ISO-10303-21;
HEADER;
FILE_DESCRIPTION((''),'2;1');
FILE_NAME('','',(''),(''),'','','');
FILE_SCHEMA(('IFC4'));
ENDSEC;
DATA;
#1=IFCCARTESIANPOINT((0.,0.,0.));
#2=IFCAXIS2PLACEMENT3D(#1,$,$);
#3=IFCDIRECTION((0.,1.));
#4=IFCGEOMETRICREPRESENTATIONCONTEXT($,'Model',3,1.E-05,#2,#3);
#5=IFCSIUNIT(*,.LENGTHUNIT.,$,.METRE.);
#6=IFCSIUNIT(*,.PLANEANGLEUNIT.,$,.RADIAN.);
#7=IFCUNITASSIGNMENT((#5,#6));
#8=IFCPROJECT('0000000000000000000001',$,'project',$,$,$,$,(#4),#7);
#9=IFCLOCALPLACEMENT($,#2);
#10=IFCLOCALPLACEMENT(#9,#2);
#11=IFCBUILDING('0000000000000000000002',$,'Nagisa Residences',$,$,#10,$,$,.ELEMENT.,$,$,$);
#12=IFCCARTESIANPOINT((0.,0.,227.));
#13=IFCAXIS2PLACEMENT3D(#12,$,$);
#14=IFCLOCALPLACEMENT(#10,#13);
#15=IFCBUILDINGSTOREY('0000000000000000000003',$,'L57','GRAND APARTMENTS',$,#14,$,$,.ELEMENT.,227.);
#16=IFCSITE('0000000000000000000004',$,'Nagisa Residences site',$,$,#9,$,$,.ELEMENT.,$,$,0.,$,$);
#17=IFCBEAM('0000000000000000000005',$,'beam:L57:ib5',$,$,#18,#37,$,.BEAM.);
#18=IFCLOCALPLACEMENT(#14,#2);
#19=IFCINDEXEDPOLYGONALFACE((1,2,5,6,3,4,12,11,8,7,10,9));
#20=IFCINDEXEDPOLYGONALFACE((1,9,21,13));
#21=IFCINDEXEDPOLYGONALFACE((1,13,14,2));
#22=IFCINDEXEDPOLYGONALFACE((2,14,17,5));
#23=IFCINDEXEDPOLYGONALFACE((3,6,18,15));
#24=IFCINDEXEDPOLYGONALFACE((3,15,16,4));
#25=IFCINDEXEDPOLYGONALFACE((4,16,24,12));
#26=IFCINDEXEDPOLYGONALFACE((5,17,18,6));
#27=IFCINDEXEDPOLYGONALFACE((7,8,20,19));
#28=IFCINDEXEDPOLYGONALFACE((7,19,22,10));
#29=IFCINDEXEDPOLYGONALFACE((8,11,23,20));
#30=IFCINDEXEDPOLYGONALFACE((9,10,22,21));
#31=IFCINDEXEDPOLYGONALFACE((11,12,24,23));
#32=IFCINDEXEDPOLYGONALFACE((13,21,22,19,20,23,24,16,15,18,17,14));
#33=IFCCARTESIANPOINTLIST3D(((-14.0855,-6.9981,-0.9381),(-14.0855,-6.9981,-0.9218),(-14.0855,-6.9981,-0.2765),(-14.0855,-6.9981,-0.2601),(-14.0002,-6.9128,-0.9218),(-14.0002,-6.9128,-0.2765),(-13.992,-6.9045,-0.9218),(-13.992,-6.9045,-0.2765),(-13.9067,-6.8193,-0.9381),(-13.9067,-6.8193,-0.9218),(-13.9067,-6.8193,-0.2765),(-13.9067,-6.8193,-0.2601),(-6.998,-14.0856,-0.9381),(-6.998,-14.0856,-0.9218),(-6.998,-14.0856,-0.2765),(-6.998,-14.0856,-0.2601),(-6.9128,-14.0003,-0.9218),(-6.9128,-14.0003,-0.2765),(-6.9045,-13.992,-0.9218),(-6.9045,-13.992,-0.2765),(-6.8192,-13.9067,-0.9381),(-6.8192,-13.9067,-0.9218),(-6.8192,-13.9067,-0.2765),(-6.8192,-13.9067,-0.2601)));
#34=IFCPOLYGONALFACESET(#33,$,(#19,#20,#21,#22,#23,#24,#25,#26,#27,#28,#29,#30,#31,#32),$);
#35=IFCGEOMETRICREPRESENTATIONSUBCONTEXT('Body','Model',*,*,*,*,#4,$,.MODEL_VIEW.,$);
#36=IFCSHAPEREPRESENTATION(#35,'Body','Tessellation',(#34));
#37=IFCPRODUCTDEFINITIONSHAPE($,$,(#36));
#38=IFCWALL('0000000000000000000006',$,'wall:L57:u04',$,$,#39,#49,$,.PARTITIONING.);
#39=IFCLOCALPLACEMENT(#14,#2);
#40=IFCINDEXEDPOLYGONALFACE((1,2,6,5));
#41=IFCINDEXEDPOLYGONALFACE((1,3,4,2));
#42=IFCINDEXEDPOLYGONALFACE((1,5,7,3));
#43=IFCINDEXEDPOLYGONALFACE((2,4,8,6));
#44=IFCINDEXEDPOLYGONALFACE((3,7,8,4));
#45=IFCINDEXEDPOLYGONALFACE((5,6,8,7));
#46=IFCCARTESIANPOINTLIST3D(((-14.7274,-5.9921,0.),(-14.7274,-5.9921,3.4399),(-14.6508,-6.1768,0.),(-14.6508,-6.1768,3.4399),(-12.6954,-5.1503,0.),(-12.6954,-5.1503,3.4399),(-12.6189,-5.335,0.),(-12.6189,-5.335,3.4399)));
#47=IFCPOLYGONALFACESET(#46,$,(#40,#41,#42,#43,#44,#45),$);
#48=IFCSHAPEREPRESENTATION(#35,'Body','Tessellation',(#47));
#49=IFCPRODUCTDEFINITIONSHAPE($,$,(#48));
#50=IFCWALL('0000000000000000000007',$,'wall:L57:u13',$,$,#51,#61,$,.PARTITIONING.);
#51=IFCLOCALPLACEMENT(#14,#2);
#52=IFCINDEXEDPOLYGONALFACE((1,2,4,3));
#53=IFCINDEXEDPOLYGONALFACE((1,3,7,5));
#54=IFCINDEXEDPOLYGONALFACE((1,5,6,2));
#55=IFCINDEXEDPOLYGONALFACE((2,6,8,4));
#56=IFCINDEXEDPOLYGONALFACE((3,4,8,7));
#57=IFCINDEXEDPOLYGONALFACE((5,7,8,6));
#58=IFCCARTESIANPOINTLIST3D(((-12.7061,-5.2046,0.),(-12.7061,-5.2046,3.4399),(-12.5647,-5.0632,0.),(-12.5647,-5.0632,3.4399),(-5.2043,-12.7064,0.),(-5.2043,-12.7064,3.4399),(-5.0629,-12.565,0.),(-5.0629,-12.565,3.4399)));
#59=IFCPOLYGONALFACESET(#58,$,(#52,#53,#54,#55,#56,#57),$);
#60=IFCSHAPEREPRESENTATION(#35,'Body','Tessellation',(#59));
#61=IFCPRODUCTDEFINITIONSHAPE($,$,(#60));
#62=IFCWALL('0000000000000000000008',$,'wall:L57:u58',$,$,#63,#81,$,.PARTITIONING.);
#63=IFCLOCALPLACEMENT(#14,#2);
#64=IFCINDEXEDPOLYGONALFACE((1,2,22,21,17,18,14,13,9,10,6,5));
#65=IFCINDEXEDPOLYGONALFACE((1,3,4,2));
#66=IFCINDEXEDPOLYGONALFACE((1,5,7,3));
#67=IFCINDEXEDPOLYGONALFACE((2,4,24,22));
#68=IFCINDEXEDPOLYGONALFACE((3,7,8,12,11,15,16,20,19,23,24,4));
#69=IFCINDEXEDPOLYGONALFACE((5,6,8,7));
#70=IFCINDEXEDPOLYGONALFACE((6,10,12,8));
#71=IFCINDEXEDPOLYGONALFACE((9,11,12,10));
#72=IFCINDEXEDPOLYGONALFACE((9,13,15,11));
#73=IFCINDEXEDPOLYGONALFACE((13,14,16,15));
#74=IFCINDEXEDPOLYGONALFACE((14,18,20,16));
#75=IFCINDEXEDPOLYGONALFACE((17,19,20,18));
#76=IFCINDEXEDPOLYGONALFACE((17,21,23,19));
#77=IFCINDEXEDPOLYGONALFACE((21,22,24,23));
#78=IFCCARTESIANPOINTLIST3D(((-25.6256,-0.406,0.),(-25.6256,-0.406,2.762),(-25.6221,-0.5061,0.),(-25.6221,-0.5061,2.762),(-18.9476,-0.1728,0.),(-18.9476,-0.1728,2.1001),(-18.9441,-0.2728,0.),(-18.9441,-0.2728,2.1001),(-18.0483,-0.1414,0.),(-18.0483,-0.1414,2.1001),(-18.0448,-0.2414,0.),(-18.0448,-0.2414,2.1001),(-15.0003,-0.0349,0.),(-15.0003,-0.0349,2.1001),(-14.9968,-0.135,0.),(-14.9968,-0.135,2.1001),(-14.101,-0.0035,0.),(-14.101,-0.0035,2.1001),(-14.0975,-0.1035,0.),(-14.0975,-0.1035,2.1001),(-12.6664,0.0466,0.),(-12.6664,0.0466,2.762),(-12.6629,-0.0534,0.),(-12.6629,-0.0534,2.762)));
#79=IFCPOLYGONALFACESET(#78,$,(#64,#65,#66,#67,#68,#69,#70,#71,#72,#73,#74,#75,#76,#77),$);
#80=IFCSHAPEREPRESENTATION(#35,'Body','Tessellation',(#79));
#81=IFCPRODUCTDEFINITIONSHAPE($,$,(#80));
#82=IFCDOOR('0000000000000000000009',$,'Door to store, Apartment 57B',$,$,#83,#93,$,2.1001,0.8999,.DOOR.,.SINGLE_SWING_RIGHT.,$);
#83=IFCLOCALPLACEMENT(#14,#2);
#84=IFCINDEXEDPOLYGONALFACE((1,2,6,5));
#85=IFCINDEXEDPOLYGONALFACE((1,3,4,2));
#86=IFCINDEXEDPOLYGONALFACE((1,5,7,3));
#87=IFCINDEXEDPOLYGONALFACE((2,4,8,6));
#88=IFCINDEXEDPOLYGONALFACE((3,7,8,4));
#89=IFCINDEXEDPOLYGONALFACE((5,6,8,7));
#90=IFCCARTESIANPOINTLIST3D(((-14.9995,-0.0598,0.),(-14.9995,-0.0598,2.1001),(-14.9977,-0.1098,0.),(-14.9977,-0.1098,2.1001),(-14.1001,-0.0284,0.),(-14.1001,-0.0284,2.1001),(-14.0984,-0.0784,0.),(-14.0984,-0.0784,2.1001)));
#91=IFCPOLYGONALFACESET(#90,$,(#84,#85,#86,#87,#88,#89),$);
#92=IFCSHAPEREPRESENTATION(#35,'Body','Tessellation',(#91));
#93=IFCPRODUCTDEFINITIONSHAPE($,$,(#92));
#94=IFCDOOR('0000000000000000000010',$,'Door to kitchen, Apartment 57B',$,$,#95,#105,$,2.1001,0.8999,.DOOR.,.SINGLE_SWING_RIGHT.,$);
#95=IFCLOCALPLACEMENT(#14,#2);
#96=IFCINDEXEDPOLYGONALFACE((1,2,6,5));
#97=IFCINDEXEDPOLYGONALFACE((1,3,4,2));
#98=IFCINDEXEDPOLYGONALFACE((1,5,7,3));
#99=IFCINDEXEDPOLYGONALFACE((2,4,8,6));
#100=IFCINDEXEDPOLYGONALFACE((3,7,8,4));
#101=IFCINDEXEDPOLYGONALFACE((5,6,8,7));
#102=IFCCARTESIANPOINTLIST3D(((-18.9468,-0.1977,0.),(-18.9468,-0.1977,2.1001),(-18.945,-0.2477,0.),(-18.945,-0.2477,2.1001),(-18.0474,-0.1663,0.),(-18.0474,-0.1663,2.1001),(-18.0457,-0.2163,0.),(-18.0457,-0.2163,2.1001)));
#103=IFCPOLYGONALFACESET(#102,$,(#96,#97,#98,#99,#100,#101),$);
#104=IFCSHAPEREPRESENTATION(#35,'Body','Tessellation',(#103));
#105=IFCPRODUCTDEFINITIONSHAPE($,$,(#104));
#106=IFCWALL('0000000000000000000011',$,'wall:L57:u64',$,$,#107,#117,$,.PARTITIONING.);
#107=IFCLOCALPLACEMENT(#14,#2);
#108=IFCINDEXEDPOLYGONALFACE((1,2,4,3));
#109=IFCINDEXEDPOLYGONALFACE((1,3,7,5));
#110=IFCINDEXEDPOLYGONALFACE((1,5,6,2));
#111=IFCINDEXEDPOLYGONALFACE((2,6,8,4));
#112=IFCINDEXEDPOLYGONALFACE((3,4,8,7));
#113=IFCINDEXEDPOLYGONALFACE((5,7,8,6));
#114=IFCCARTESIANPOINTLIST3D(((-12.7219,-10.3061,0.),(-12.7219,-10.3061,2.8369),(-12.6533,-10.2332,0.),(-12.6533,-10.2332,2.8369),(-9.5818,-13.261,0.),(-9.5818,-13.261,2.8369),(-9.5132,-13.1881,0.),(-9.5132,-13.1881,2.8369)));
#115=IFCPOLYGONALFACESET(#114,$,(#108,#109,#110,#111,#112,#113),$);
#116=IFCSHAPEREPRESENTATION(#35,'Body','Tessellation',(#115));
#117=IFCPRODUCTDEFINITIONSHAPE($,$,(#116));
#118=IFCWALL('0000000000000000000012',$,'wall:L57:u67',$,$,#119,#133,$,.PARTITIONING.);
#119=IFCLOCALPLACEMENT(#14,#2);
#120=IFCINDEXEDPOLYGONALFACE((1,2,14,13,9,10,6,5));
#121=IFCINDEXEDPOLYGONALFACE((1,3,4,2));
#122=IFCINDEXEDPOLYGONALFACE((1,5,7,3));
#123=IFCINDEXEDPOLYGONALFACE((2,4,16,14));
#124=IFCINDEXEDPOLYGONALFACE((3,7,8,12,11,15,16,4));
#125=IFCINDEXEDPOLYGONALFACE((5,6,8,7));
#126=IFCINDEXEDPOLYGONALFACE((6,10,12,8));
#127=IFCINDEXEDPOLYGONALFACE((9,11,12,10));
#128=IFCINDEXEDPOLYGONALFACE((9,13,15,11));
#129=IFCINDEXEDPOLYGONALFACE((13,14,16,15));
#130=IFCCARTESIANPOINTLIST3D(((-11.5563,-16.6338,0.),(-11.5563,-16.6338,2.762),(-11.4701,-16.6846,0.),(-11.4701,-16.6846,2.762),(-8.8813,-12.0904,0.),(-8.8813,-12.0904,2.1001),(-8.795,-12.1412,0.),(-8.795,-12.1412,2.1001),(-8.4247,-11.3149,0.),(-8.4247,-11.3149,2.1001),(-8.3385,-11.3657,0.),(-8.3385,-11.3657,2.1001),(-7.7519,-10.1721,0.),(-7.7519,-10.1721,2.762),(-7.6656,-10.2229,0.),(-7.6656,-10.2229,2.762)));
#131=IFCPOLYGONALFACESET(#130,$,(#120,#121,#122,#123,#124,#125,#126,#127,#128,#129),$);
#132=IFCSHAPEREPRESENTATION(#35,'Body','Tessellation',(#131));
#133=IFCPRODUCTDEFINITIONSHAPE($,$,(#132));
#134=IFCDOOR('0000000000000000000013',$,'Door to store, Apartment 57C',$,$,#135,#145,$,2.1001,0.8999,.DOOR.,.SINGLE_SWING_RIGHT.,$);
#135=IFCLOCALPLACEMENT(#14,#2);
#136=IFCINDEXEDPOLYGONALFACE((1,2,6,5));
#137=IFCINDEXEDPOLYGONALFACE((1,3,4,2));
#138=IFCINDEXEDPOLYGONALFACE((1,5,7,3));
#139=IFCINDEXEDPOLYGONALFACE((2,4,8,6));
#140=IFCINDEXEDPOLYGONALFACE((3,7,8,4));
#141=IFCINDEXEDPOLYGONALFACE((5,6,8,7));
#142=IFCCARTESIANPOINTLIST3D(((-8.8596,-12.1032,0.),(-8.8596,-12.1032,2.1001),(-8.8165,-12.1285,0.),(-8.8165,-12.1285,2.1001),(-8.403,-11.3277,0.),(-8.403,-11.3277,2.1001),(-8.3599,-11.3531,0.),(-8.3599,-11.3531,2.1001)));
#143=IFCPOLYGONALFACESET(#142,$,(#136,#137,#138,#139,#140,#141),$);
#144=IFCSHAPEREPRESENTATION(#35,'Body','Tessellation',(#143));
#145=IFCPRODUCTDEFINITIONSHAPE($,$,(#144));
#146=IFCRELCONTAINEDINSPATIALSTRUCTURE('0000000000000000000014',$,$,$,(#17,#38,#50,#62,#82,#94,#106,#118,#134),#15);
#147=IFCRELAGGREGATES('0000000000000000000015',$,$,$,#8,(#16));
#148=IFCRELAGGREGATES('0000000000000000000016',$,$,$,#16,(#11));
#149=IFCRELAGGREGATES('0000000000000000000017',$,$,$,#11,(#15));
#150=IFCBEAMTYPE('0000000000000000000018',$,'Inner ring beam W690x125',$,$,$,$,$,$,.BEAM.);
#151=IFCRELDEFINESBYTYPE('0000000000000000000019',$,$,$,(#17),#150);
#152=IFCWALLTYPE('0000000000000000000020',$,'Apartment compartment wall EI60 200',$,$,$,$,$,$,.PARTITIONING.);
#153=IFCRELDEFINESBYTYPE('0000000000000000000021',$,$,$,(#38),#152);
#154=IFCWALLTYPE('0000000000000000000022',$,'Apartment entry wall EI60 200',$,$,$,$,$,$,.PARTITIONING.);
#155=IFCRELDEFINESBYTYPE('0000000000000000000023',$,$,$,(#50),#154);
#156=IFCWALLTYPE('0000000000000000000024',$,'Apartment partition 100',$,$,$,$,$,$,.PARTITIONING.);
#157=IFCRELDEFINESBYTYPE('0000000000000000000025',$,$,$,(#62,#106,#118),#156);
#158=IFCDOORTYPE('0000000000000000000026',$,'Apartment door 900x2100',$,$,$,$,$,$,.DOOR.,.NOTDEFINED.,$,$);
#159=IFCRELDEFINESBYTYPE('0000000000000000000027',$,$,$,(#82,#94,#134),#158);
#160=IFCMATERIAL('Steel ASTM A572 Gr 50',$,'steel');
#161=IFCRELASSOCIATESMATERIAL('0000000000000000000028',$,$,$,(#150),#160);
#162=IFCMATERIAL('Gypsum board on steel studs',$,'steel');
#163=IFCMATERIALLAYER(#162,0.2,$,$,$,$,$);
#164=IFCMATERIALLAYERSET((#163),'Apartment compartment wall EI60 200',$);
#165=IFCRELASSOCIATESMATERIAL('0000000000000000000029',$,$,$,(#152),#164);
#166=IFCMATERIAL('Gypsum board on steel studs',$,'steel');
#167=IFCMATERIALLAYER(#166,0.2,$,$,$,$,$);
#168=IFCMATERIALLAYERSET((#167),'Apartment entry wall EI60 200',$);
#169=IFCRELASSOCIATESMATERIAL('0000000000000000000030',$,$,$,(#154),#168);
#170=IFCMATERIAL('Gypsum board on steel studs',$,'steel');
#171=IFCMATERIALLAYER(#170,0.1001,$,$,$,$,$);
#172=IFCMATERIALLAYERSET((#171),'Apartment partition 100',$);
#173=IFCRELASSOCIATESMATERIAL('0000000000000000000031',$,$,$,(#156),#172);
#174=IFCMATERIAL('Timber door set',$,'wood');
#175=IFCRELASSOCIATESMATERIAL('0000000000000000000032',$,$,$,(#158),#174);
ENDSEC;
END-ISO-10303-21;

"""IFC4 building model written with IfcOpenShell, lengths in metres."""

from ifc_helpers import new_model, si_unit, direction, frame, frame_2d, origin, origin_2d, place, context, subcontext, project, spatial, rectangle, i_section, extrude, material, layer, layer_set, material_profile, profile_set, type_object, element, fill, save


model = new_model("IFC4")

# Units and contexts
model_context = context("Model", 3, precision=1e-05, world=origin(), true_north=direction((0.0, 1.0)))
body_context = subcontext(model_context, "Body", "Model", "MODEL_VIEW")
ifc_project = project(units=[si_unit("LENGTHUNIT", "METRE"), si_unit("PLANEANGLEUNIT", "RADIAN")], contexts=[model_context])

# Site, building, storey
site_placement = place(None, origin())
site = spatial("IfcSite", under=ifc_project, at=site_placement, Name="Nagisa Residences site", CompositionType="ELEMENT", RefElevation=0.0)
building_placement = place(site_placement, origin())
building = spatial("IfcBuilding", under=site, at=building_placement, Name="Nagisa Residences", CompositionType="ELEMENT")
storey_placement = place(building_placement, frame((0.0, 0.0, 227.0)))
storey = spatial("IfcBuildingStorey", under=building, at=storey_placement, Name="L57", Description="GRAND APARTMENTS", CompositionType="ELEMENT", Elevation=227.0)

# Beam
ifc_material_1 = material(Name="Steel ASTM A572 Gr 50", Category="steel")
ifc_material_profile = material_profile(ifc_material_1, i_section(OverallWidth=0.2529, OverallDepth=0.678, WebThickness=0.0117, FlangeThickness=0.0164, at=origin_2d()), Name="W690x125")
ifc_profile_set = profile_set([ifc_material_profile], Name="Steel ASTM A572 Gr 50")
beam_type = type_object("IfcBeamType", Name="Inner ring beam W690x125", PredefinedType="BEAM", material=ifc_profile_set)
beam_placement = place(storey_placement, frame((-13.9961, -6.9087, -0.5991), z_axis=(0.707107, -0.707107, 0.0), x_axis=(0.707107, 0.707107, 0.0)))
element("IfcBeam", 1, at=beam_placement, inside=storey, type_object=beam_type, Name="beam:L57:ib5", PredefinedType="BEAM", context=body_context, shape_type="SweptSolid", body=[
    extrude(i_section(OverallWidth=0.2529, OverallDepth=0.678, WebThickness=0.0117, FlangeThickness=0.0164, at=origin_2d()), origin(), (0.0, 0.0, 1.0), 10.0232),
])

# Walls
ifc_material_2 = material(Name="Gypsum board on steel studs", Category="steel")
ifc_layer_1 = layer(ifc_material_2, 0.2)
ifc_layer_set_1 = layer_set([ifc_layer_1], Name="Apartment compartment wall EI60 200")
wall_type_1 = type_object("IfcWallType", Name="Apartment compartment wall EI60 200", PredefinedType="PARTITIONING", material=ifc_layer_set_1)
wall_1_placement = place(storey_placement, frame((-12.6572, -5.2427, 0.0), z_axis=(0.0, 0.0, 1.0), x_axis=(-0.92386, -0.382731, 0.0)))
element("IfcWall", 2, at=wall_1_placement, inside=storey, type_object=wall_type_1, Name="wall:L57:u04", PredefinedType="PARTITIONING", context=body_context, shape_type="SweptSolid", body=[
    extrude(rectangle(XDim=2.1995, YDim=0.2, at=frame_2d((1.0996, 0.0))), origin(), (0.0, 0.0, 1.0), 3.4399),
])
ifc_material_3 = material(Name="Gypsum board on steel studs", Category="steel")
ifc_layer_2 = layer(ifc_material_3, 0.2)
ifc_layer_set_2 = layer_set([ifc_layer_2], Name="Apartment entry wall EI60 200")
wall_type_2 = type_object("IfcWallType", Name="Apartment entry wall EI60 200", PredefinedType="PARTITIONING", material=ifc_layer_set_2)
wall_2_placement = place(storey_placement, frame((-12.6355, -5.1338, 0.0), z_axis=(0.0, 0.0, 1.0), x_axis=(0.707107, -0.707107, 0.0)))
element("IfcWall", 3, at=wall_2_placement, inside=storey, type_object=wall_type_2, Name="wall:L57:u13", PredefinedType="PARTITIONING", context=body_context, shape_type="SweptSolid", body=[
    extrude(rectangle(XDim=10.6091, YDim=0.2, at=frame_2d((5.3047, 0.0))), origin(), (0.0, 0.0, 1.0), 3.4399),
])

# Wall, openings, doors
ifc_material_4 = material(Name="Gypsum board on steel studs", Category="steel")
ifc_layer_3 = layer(ifc_material_4, 0.1001)
ifc_layer_set_3 = layer_set([ifc_layer_3], Name="Apartment partition 100")
wall_type_3 = type_object("IfcWallType", Name="Apartment partition 100", PredefinedType="PARTITIONING", material=ifc_layer_set_3)
wall_3_placement = place(storey_placement, frame((-12.6648, -0.0034, 0.0), z_axis=(0.0, 0.0, 1.0), x_axis=(-0.999391, -0.034906, 0.0)))
wall_3 = element("IfcWall", 4, at=wall_3_placement, inside=storey, type_object=wall_type_3, Name="wall:L57:u58", PredefinedType="PARTITIONING", context=body_context, shape_type="SweptSolid", body=[
    extrude(rectangle(XDim=12.967, YDim=0.1001, at=frame_2d((6.4834, 0.0))), origin(), (0.0, 0.0, 1.0), 2.762),
])
opening_1_placement = place(wall_3_placement, frame((1.4353, 0.0, 0.0)))
opening_1 = element("IfcOpeningElement", 5, at=opening_1_placement, cuts=wall_3, PredefinedType="OPENING", context=body_context, shape_type="SweptSolid", body=[
    extrude(rectangle(XDim=0.8999, YDim=2.1001, at=frame_2d((0.45, 1.05))), frame((0.0, 0.0601, 0.0), z_axis=(0.0, -1.0, 0.0), x_axis=(1.0, 0.0, 0.0)), (0.0, 0.0, 1.0), 0.1201),
])
opening_2_placement = place(wall_3_placement, frame((5.385, 0.0, 0.0)))
opening_2 = element("IfcOpeningElement", 6, at=opening_2_placement, cuts=wall_3, PredefinedType="OPENING", context=body_context, shape_type="SweptSolid", body=[
    extrude(rectangle(XDim=0.8999, YDim=2.1001, at=frame_2d((0.45, 1.05))), frame((0.0, 0.0601, 0.0), z_axis=(0.0, -1.0, 0.0), x_axis=(1.0, 0.0, 0.0)), (0.0, 0.0, 1.0), 0.1201),
])
ifc_material_5 = material(Name="Timber door set", Category="wood")
door_type_1 = type_object("IfcDoorType", Name="Apartment door 900x2100", OperationType="NOTDEFINED", PredefinedType="DOOR", material=ifc_material_5)
door_1_placement = place(opening_1_placement, origin())
door_1 = element("IfcDoor", 7, at=door_1_placement, inside=storey, type_object=door_type_1, Name="Door to store, Apartment 57B", OperationType="SINGLE_SWING_RIGHT", OverallHeight=2.1001, OverallWidth=0.8999, PredefinedType="DOOR", context=body_context, shape_type="SweptSolid", body=[
    extrude(rectangle(XDim=0.8999, YDim=2.1001, at=frame_2d((0.45, 1.05))), frame((0.0, 0.0249, 0.0), z_axis=(0.0, -1.0, 0.0), x_axis=(1.0, 0.0, 0.0)), (0.0, 0.0, 1.0), 0.05),
])
fill(opening_1, door_1)
door_2_placement = place(opening_2_placement, origin())
door_2 = element("IfcDoor", 8, at=door_2_placement, inside=storey, type_object=door_type_1, Name="Door to kitchen, Apartment 57B", OperationType="SINGLE_SWING_RIGHT", OverallHeight=2.1001, OverallWidth=0.8999, PredefinedType="DOOR", context=body_context, shape_type="SweptSolid", body=[
    extrude(rectangle(XDim=0.8999, YDim=2.1001, at=frame_2d((0.45, 1.05))), frame((0.0, 0.0249, 0.0), z_axis=(0.0, -1.0, 0.0), x_axis=(1.0, 0.0, 0.0)), (0.0, 0.0, 1.0), 0.05),
])
fill(opening_2, door_2)

# Wall
wall_4_placement = place(storey_placement, frame((-12.6875, -10.2698, 0.0), z_axis=(0.0, 0.0, 1.0), x_axis=(0.728268, -0.685292, 0.0)))
element("IfcWall", 9, at=wall_4_placement, inside=storey, type_object=wall_type_3, Name="wall:L57:u64", PredefinedType="PARTITIONING", context=body_context, shape_type="SweptSolid", body=[
    extrude(rectangle(XDim=4.3118, YDim=0.1001, at=frame_2d((2.1558, 0.0))), origin(), (0.0, 0.0, 1.0), 2.8369),
])

# Wall, opening, door
wall_5_placement = place(storey_placement, frame((-7.7087, -10.1975, 0.0), z_axis=(0.0, 0.0, 1.0), x_axis=(-0.507363, -0.861732, 0.0)))
wall_5 = element("IfcWall", 10, at=wall_5_placement, inside=storey, type_object=wall_type_3, Name="wall:L57:u67", PredefinedType="PARTITIONING", context=body_context, shape_type="SweptSolid", body=[
    extrude(rectangle(XDim=7.4985, YDim=0.1001, at=frame_2d((3.7493, 0.0))), origin(), (0.0, 0.0, 1.0), 2.762),
])
opening_3_placement = place(wall_5_placement, frame((1.3262, 0.0, 0.0)))
opening_3 = element("IfcOpeningElement", 11, at=opening_3_placement, cuts=wall_5, PredefinedType="OPENING", context=body_context, shape_type="SweptSolid", body=[
    extrude(rectangle(XDim=0.8999, YDim=2.1001, at=frame_2d((0.45, 1.05))), frame((0.0, 0.0601, 0.0), z_axis=(0.0, -1.0, 0.0), x_axis=(1.0, 0.0, 0.0)), (0.0, 0.0, 1.0), 0.1201),
])
door_3_placement = place(opening_3_placement, frame((0.8999, 0.0, 0.0), x_axis=(-1.0, 0.0, 0.0)))
door_3 = element("IfcDoor", 12, at=door_3_placement, inside=storey, type_object=door_type_1, Name="Door to store, Apartment 57C", OperationType="SINGLE_SWING_RIGHT", OverallHeight=2.1001, OverallWidth=0.8999, PredefinedType="DOOR", context=body_context, shape_type="SweptSolid", body=[
    extrude(rectangle(XDim=0.8999, YDim=2.1001, at=frame_2d((0.45, 1.05))), frame((0.0, 0.0249, 0.0), z_axis=(0.0, -1.0, 0.0), x_axis=(1.0, 0.0, 0.0)), (0.0, 0.0, 1.0), 0.05),
])
fill(opening_3, door_3)

save(model, "model.ifc")
